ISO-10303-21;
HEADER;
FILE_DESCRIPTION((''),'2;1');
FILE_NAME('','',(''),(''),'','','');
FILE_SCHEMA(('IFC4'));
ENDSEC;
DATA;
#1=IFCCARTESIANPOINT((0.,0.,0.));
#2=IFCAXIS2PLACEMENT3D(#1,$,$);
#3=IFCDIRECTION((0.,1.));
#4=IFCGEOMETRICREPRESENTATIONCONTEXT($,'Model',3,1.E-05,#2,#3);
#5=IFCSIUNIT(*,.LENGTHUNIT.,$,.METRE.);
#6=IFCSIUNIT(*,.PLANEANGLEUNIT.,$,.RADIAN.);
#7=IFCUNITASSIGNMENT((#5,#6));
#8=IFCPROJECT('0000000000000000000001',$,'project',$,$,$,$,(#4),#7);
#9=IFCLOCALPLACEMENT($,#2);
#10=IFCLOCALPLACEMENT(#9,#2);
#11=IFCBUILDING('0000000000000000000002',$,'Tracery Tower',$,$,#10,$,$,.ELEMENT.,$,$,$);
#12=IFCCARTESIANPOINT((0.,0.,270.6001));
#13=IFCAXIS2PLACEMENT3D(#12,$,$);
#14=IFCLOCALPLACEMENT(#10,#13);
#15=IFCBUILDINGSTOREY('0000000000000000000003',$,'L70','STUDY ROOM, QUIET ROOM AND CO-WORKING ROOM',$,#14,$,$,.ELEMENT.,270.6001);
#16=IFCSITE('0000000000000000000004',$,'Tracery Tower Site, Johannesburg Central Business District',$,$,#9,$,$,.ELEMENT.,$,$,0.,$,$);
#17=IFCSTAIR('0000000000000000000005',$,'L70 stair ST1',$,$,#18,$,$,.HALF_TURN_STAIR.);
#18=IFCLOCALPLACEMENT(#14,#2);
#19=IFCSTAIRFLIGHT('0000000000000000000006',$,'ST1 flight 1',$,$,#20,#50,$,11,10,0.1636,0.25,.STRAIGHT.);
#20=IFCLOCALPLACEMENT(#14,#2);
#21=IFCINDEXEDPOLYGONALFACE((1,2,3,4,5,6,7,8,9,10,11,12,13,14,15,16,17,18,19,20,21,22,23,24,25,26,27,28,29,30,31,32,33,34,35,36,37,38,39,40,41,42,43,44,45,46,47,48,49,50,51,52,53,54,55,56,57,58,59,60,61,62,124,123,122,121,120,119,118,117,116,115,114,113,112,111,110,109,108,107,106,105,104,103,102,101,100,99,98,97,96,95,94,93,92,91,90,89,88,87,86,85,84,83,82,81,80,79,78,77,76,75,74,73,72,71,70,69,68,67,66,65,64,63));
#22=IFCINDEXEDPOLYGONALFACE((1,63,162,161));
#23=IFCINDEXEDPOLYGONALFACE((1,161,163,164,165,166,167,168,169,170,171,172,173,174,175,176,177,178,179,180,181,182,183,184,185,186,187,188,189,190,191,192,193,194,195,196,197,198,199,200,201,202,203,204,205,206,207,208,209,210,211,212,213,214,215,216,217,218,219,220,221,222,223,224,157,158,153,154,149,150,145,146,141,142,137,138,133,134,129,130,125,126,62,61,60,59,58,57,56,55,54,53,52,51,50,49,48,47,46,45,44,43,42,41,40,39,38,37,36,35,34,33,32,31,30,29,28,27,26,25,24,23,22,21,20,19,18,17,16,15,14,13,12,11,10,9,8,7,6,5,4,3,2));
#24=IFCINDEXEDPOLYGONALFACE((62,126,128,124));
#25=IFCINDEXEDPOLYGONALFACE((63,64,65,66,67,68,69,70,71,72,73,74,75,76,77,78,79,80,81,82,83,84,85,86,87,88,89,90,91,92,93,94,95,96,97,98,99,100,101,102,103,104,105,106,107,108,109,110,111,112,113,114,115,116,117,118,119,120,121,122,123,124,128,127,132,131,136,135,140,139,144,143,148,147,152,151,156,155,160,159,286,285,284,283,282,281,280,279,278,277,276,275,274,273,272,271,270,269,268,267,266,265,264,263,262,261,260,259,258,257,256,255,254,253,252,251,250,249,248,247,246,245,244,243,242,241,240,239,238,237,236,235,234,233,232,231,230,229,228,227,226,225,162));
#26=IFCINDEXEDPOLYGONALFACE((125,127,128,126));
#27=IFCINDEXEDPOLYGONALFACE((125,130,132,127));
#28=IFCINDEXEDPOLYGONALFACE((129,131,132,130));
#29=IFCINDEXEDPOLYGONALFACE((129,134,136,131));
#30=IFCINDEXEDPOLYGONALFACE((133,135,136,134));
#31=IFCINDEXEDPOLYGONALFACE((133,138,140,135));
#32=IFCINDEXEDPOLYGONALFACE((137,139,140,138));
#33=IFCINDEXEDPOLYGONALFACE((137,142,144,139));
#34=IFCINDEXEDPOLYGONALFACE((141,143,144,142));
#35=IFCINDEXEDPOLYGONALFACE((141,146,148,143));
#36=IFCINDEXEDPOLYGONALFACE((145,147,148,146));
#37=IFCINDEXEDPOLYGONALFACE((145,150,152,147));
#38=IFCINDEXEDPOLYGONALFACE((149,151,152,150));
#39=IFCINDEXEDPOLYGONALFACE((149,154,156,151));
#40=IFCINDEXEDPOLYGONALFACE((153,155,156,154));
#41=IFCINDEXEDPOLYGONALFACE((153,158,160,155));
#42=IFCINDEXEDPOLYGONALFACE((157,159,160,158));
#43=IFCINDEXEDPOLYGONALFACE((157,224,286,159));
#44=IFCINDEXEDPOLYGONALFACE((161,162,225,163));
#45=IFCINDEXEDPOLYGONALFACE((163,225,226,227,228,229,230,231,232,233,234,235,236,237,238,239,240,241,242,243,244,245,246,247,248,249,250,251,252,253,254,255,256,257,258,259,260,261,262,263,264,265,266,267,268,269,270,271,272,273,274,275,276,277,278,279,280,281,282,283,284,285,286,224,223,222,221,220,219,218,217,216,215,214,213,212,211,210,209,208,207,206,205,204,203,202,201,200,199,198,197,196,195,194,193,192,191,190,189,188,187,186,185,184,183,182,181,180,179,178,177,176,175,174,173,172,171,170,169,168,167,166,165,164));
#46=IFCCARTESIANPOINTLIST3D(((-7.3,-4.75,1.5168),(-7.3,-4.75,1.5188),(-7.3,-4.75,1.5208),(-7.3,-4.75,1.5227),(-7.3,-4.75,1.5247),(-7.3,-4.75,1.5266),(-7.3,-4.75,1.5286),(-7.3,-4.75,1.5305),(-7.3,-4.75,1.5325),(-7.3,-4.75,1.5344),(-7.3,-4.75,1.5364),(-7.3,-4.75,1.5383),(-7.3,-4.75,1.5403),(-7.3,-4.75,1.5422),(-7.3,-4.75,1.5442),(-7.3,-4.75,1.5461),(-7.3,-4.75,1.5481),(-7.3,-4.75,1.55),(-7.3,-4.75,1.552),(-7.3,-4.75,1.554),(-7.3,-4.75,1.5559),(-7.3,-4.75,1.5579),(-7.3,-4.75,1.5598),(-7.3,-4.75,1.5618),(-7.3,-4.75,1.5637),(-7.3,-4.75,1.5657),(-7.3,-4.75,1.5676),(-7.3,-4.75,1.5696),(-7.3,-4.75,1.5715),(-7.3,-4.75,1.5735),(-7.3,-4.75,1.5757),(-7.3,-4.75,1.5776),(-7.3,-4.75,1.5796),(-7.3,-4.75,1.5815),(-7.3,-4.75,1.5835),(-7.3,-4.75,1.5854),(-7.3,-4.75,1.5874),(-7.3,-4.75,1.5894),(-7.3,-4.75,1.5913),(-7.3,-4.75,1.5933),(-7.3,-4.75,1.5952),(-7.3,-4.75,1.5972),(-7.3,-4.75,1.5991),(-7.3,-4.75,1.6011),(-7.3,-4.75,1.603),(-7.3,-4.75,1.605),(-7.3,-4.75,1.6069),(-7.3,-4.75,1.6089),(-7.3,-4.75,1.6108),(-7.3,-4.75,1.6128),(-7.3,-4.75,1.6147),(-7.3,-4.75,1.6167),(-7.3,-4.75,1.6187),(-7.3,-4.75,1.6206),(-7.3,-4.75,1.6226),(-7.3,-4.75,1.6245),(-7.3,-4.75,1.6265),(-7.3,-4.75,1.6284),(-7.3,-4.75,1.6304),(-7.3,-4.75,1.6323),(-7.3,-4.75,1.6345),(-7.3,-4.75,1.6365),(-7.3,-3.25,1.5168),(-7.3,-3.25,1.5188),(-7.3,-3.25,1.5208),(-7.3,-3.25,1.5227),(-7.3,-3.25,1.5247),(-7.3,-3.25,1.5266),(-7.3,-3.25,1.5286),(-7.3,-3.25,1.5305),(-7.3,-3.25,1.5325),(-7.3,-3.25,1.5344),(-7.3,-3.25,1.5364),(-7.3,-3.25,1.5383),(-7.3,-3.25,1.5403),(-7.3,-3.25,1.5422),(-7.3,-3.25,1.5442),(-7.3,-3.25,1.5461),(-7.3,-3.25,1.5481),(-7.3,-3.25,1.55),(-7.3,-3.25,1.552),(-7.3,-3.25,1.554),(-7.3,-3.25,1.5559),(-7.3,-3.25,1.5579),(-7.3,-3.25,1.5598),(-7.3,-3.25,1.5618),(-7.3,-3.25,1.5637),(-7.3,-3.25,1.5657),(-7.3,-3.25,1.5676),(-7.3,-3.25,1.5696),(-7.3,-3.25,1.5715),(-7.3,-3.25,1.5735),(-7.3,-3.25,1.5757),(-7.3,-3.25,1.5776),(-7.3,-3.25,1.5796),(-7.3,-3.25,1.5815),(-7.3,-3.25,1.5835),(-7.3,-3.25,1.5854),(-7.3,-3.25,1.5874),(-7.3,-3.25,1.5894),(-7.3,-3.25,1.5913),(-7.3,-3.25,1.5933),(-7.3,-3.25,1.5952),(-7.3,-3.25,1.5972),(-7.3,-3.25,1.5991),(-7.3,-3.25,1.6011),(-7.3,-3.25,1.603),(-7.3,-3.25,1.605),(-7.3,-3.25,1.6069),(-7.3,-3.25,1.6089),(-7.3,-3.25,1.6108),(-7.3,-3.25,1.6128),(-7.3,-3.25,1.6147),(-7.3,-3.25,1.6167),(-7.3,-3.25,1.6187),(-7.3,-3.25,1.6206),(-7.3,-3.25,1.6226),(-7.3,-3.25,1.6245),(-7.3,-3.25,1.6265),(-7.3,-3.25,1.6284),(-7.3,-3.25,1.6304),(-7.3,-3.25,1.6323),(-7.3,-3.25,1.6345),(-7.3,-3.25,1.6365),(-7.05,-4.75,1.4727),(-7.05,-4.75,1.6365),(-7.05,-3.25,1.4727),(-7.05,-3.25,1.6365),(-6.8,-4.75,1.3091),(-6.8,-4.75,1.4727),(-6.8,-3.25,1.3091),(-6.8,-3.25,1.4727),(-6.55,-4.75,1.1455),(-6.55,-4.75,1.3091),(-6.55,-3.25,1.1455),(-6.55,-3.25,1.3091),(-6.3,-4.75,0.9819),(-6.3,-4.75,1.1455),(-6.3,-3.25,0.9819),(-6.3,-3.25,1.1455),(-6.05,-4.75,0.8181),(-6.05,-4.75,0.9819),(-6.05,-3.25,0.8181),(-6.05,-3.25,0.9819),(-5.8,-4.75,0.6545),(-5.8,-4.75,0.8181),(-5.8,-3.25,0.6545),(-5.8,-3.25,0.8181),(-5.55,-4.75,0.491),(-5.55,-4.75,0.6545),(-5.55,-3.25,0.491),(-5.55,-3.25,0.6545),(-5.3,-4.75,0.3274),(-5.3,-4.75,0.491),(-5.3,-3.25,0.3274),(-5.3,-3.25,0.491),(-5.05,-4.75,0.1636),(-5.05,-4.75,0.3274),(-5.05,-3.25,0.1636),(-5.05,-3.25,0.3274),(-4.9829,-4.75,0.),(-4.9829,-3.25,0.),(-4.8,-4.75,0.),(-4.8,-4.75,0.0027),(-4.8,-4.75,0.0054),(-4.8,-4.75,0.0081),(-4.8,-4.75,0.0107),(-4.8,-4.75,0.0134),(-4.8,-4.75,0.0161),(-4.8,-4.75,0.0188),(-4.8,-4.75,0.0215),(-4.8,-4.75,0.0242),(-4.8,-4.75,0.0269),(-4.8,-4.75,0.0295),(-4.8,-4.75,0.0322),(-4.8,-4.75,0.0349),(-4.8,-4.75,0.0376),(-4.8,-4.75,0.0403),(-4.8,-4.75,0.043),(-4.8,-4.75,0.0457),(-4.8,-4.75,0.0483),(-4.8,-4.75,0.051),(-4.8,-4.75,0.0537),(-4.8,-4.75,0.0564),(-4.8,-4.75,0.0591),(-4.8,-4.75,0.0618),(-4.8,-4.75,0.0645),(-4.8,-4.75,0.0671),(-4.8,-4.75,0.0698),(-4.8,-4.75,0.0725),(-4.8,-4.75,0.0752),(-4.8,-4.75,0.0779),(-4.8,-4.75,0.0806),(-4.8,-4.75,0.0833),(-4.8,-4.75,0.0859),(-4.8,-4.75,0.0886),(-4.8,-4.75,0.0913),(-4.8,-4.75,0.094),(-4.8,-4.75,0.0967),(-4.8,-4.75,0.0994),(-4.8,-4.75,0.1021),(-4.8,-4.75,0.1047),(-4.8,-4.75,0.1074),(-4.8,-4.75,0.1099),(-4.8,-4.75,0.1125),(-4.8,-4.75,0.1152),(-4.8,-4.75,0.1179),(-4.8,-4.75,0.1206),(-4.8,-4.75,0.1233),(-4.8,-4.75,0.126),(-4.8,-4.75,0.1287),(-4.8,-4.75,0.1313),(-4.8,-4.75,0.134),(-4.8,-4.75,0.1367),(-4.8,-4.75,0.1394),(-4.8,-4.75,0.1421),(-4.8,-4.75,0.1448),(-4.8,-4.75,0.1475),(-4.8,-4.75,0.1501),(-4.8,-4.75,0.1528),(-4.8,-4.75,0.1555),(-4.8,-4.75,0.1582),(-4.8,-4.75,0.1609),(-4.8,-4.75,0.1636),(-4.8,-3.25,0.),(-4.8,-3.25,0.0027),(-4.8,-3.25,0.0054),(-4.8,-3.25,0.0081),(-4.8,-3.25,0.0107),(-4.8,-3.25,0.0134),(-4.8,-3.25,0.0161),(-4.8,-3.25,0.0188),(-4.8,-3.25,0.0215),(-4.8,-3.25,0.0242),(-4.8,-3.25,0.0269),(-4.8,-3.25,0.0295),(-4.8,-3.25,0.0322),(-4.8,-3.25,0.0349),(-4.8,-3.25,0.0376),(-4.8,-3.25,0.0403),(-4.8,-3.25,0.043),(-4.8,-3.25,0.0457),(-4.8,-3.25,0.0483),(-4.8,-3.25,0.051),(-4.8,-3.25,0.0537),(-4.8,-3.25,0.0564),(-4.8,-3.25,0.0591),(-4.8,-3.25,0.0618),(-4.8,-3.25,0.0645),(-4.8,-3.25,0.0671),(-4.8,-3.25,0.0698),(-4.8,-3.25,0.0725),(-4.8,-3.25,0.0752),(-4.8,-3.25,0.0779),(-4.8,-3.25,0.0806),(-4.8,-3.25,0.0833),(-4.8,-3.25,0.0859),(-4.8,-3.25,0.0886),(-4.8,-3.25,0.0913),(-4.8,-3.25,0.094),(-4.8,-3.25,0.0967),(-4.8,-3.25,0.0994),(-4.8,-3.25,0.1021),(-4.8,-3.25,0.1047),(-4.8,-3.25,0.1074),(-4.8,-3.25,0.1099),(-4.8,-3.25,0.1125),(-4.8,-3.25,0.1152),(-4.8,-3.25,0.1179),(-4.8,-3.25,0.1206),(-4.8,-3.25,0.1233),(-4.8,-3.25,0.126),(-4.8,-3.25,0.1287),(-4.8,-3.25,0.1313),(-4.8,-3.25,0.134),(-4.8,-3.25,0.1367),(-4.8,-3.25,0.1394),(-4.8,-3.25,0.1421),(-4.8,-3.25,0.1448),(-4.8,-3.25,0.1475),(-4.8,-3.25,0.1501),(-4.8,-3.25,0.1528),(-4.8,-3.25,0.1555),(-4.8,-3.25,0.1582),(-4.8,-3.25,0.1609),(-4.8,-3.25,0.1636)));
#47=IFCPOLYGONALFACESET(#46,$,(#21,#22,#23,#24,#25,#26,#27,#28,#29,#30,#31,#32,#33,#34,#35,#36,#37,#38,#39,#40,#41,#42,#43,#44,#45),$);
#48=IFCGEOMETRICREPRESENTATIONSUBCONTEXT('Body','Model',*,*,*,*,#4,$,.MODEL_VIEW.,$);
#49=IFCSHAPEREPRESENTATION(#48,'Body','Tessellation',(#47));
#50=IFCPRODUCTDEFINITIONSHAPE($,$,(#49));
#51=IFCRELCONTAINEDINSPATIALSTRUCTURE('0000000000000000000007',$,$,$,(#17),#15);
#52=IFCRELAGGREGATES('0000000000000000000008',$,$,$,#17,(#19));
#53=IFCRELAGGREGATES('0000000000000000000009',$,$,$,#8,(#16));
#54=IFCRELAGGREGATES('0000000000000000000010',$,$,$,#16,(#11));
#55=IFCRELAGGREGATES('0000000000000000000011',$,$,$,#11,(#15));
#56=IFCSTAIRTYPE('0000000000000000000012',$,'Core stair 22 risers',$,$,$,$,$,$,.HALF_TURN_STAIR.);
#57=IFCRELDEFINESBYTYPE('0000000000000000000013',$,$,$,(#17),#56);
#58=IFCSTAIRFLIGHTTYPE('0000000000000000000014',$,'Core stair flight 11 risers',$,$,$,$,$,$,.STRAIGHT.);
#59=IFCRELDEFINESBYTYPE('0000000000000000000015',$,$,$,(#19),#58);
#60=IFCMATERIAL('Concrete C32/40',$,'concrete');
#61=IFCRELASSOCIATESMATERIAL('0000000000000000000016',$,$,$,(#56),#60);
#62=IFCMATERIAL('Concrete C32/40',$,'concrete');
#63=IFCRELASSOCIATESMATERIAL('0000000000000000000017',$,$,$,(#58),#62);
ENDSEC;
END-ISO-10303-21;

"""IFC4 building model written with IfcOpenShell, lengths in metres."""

from ifc_helpers import new_model, si_unit, direction, frame, origin, place, context, subcontext, project, spatial, polyline, outline, extrude, material, type_object, element, aggregate, save


model = new_model("IFC4")

# Units and contexts
model_context = context("Model", 3, precision=1e-05, world=origin(), true_north=direction((0.0, 1.0)))
body_context = subcontext(model_context, "Body", "Model", "MODEL_VIEW")
ifc_project = project(units=[si_unit("LENGTHUNIT", "METRE"), si_unit("PLANEANGLEUNIT", "RADIAN")], contexts=[model_context])

# Site, building, storey
site_placement = place(None, origin())
site = spatial("IfcSite", under=ifc_project, at=site_placement, Name="Tracery Tower Site, Johannesburg Central Business District", CompositionType="ELEMENT", RefElevation=0.0)
building_placement = place(site_placement, origin())
building = spatial("IfcBuilding", under=site, at=building_placement, Name="Tracery Tower", CompositionType="ELEMENT")
storey_placement = place(building_placement, frame((0.0, 0.0, 270.6001)))
storey = spatial("IfcBuildingStorey", under=building, at=storey_placement, Name="L70", Description="STUDY ROOM, QUIET ROOM AND CO-WORKING ROOM", CompositionType="ELEMENT", Elevation=270.6001)

# Stair, stair flight
ifc_material_1 = material(Name="Concrete C32/40", Category="concrete")
stair_type = type_object("IfcStairType", Name="Core stair 22 risers", PredefinedType="HALF_TURN_STAIR", material=ifc_material_1)
stair_placement = place(storey_placement, origin())
stair = element("IfcStair", 1, at=stair_placement, inside=storey, type_object=stair_type, Name="L70 stair ST1", PredefinedType="HALF_TURN_STAIR")
ifc_material_2 = material(Name="Concrete C32/40", Category="concrete")
stair_flight_type = type_object("IfcStairFlightType", Name="Core stair flight 11 risers", PredefinedType="STRAIGHT", material=ifc_material_2)
stair_flight_1_placement = place(storey_placement, frame((-4.8, -4.0, 0.0), z_axis=(0.0, 0.0, 1.0), x_axis=(-1.0, 0.0, 0.0)))
stair_flight_1 = element("IfcStairFlight", 2, at=stair_flight_1_placement, type_object=stair_flight_type, Name="ST1 flight 1", NumberOfRisers=11, NumberOfTreads=10, PredefinedType="STRAIGHT", RiserHeight=0.1636, TreadLength=0.25, context=body_context, shape_type="SweptSolid", body=[
    extrude(outline(polyline([(0.0, 0.0), (0.0, 0.0027), (0.0, 0.0054), (0.0, 0.0081), (0.0, 0.0107), (0.0, 0.0134), (0.0, 0.0161), (0.0, 0.0188), (0.0, 0.0215), (0.0, 0.0242), (0.0, 0.0269), (0.0, 0.0295), (0.0, 0.0322), (0.0, 0.0349), (0.0, 0.0376), (0.0, 0.0403), (0.0, 0.043), (0.0, 0.0457), (0.0, 0.0483), (0.0, 0.051), (0.0, 0.0537), (0.0, 0.0564), (0.0, 0.0591), (0.0, 0.0618), (0.0, 0.0645), (0.0, 0.0671), (0.0, 0.0698), (0.0, 0.0725), (0.0, 0.0752), (0.0, 0.0779), (0.0, 0.0806), (0.0, 0.0833), (0.0, 0.0859), (0.0, 0.0886), (0.0, 0.0913), (0.0, 0.094), (0.0, 0.0967), (0.0, 0.0994), (0.0, 0.1021), (0.0, 0.1047), (0.0, 0.1074), (0.0, 0.1099), (0.0, 0.1125), (0.0, 0.1152), (0.0, 0.1179), (0.0, 0.1206), (0.0, 0.1233), (0.0, 0.126), (0.0, 0.1287), (0.0, 0.1313), (0.0, 0.134), (0.0, 0.1367), (0.0, 0.1394), (0.0, 0.1421), (0.0, 0.1448), (0.0, 0.1475), (0.0, 0.1501), (0.0, 0.1528), (0.0, 0.1555), (0.0, 0.1582), (0.0, 0.1609), (0.0, 0.1636), (0.25, 0.1636), (0.25, 0.3274), (0.5, 0.3274), (0.5, 0.491), (0.75, 0.491), (0.75, 0.6545), (1.0, 0.6545), (1.0, 0.8181), (1.25, 0.8181), (1.25, 0.9819), (1.5, 0.9819), (1.5, 1.1455), (1.75, 1.1455), (1.75, 1.3091), (2.0, 1.3091), (2.0, 1.4727), (2.25, 1.4727), (2.25, 1.6365), (2.5, 1.6365), (2.5, 1.6345), (2.5, 1.6323), (2.5, 1.6304), (2.5, 1.6284), (2.5, 1.6265), (2.5, 1.6245), (2.5, 1.6226), (2.5, 1.6206), (2.5, 1.6187), (2.5, 1.6167), (2.5, 1.6147), (2.5, 1.6128), (2.5, 1.6108), (2.5, 1.6089), (2.5, 1.6069), (2.5, 1.605), (2.5, 1.603), (2.5, 1.6011), (2.5, 1.5991), (2.5, 1.5972), (2.5, 1.5952), (2.5, 1.5933), (2.5, 1.5913), (2.5, 1.5894), (2.5, 1.5874), (2.5, 1.5854), (2.5, 1.5835), (2.5, 1.5815), (2.5, 1.5796), (2.5, 1.5776), (2.5, 1.5757), (2.5, 1.5735), (2.5, 1.5715), (2.5, 1.5696), (2.5, 1.5676), (2.5, 1.5657), (2.5, 1.5637), (2.5, 1.5618), (2.5, 1.5598), (2.5, 1.5579), (2.5, 1.5559), (2.5, 1.554), (2.5, 1.552), (2.5, 1.55), (2.5, 1.5481), (2.5, 1.5461), (2.5, 1.5442), (2.5, 1.5422), (2.5, 1.5403), (2.5, 1.5383), (2.5, 1.5364), (2.5, 1.5344), (2.5, 1.5325), (2.5, 1.5305), (2.5, 1.5286), (2.5, 1.5266), (2.5, 1.5247), (2.5, 1.5227), (2.5, 1.5208), (2.5, 1.5188), (2.5, 1.5168), (0.1829, 0.0), (0.0, 0.0)])), frame((0.0, 0.75, 0.0), z_axis=(0.0, -1.0, 0.0), x_axis=(1.0, 0.0, 0.0)), (0.0, 0.0, 1.0), 1.5),
])
aggregate(stair, [stair_flight_1])

save(model, "model.ifc")
